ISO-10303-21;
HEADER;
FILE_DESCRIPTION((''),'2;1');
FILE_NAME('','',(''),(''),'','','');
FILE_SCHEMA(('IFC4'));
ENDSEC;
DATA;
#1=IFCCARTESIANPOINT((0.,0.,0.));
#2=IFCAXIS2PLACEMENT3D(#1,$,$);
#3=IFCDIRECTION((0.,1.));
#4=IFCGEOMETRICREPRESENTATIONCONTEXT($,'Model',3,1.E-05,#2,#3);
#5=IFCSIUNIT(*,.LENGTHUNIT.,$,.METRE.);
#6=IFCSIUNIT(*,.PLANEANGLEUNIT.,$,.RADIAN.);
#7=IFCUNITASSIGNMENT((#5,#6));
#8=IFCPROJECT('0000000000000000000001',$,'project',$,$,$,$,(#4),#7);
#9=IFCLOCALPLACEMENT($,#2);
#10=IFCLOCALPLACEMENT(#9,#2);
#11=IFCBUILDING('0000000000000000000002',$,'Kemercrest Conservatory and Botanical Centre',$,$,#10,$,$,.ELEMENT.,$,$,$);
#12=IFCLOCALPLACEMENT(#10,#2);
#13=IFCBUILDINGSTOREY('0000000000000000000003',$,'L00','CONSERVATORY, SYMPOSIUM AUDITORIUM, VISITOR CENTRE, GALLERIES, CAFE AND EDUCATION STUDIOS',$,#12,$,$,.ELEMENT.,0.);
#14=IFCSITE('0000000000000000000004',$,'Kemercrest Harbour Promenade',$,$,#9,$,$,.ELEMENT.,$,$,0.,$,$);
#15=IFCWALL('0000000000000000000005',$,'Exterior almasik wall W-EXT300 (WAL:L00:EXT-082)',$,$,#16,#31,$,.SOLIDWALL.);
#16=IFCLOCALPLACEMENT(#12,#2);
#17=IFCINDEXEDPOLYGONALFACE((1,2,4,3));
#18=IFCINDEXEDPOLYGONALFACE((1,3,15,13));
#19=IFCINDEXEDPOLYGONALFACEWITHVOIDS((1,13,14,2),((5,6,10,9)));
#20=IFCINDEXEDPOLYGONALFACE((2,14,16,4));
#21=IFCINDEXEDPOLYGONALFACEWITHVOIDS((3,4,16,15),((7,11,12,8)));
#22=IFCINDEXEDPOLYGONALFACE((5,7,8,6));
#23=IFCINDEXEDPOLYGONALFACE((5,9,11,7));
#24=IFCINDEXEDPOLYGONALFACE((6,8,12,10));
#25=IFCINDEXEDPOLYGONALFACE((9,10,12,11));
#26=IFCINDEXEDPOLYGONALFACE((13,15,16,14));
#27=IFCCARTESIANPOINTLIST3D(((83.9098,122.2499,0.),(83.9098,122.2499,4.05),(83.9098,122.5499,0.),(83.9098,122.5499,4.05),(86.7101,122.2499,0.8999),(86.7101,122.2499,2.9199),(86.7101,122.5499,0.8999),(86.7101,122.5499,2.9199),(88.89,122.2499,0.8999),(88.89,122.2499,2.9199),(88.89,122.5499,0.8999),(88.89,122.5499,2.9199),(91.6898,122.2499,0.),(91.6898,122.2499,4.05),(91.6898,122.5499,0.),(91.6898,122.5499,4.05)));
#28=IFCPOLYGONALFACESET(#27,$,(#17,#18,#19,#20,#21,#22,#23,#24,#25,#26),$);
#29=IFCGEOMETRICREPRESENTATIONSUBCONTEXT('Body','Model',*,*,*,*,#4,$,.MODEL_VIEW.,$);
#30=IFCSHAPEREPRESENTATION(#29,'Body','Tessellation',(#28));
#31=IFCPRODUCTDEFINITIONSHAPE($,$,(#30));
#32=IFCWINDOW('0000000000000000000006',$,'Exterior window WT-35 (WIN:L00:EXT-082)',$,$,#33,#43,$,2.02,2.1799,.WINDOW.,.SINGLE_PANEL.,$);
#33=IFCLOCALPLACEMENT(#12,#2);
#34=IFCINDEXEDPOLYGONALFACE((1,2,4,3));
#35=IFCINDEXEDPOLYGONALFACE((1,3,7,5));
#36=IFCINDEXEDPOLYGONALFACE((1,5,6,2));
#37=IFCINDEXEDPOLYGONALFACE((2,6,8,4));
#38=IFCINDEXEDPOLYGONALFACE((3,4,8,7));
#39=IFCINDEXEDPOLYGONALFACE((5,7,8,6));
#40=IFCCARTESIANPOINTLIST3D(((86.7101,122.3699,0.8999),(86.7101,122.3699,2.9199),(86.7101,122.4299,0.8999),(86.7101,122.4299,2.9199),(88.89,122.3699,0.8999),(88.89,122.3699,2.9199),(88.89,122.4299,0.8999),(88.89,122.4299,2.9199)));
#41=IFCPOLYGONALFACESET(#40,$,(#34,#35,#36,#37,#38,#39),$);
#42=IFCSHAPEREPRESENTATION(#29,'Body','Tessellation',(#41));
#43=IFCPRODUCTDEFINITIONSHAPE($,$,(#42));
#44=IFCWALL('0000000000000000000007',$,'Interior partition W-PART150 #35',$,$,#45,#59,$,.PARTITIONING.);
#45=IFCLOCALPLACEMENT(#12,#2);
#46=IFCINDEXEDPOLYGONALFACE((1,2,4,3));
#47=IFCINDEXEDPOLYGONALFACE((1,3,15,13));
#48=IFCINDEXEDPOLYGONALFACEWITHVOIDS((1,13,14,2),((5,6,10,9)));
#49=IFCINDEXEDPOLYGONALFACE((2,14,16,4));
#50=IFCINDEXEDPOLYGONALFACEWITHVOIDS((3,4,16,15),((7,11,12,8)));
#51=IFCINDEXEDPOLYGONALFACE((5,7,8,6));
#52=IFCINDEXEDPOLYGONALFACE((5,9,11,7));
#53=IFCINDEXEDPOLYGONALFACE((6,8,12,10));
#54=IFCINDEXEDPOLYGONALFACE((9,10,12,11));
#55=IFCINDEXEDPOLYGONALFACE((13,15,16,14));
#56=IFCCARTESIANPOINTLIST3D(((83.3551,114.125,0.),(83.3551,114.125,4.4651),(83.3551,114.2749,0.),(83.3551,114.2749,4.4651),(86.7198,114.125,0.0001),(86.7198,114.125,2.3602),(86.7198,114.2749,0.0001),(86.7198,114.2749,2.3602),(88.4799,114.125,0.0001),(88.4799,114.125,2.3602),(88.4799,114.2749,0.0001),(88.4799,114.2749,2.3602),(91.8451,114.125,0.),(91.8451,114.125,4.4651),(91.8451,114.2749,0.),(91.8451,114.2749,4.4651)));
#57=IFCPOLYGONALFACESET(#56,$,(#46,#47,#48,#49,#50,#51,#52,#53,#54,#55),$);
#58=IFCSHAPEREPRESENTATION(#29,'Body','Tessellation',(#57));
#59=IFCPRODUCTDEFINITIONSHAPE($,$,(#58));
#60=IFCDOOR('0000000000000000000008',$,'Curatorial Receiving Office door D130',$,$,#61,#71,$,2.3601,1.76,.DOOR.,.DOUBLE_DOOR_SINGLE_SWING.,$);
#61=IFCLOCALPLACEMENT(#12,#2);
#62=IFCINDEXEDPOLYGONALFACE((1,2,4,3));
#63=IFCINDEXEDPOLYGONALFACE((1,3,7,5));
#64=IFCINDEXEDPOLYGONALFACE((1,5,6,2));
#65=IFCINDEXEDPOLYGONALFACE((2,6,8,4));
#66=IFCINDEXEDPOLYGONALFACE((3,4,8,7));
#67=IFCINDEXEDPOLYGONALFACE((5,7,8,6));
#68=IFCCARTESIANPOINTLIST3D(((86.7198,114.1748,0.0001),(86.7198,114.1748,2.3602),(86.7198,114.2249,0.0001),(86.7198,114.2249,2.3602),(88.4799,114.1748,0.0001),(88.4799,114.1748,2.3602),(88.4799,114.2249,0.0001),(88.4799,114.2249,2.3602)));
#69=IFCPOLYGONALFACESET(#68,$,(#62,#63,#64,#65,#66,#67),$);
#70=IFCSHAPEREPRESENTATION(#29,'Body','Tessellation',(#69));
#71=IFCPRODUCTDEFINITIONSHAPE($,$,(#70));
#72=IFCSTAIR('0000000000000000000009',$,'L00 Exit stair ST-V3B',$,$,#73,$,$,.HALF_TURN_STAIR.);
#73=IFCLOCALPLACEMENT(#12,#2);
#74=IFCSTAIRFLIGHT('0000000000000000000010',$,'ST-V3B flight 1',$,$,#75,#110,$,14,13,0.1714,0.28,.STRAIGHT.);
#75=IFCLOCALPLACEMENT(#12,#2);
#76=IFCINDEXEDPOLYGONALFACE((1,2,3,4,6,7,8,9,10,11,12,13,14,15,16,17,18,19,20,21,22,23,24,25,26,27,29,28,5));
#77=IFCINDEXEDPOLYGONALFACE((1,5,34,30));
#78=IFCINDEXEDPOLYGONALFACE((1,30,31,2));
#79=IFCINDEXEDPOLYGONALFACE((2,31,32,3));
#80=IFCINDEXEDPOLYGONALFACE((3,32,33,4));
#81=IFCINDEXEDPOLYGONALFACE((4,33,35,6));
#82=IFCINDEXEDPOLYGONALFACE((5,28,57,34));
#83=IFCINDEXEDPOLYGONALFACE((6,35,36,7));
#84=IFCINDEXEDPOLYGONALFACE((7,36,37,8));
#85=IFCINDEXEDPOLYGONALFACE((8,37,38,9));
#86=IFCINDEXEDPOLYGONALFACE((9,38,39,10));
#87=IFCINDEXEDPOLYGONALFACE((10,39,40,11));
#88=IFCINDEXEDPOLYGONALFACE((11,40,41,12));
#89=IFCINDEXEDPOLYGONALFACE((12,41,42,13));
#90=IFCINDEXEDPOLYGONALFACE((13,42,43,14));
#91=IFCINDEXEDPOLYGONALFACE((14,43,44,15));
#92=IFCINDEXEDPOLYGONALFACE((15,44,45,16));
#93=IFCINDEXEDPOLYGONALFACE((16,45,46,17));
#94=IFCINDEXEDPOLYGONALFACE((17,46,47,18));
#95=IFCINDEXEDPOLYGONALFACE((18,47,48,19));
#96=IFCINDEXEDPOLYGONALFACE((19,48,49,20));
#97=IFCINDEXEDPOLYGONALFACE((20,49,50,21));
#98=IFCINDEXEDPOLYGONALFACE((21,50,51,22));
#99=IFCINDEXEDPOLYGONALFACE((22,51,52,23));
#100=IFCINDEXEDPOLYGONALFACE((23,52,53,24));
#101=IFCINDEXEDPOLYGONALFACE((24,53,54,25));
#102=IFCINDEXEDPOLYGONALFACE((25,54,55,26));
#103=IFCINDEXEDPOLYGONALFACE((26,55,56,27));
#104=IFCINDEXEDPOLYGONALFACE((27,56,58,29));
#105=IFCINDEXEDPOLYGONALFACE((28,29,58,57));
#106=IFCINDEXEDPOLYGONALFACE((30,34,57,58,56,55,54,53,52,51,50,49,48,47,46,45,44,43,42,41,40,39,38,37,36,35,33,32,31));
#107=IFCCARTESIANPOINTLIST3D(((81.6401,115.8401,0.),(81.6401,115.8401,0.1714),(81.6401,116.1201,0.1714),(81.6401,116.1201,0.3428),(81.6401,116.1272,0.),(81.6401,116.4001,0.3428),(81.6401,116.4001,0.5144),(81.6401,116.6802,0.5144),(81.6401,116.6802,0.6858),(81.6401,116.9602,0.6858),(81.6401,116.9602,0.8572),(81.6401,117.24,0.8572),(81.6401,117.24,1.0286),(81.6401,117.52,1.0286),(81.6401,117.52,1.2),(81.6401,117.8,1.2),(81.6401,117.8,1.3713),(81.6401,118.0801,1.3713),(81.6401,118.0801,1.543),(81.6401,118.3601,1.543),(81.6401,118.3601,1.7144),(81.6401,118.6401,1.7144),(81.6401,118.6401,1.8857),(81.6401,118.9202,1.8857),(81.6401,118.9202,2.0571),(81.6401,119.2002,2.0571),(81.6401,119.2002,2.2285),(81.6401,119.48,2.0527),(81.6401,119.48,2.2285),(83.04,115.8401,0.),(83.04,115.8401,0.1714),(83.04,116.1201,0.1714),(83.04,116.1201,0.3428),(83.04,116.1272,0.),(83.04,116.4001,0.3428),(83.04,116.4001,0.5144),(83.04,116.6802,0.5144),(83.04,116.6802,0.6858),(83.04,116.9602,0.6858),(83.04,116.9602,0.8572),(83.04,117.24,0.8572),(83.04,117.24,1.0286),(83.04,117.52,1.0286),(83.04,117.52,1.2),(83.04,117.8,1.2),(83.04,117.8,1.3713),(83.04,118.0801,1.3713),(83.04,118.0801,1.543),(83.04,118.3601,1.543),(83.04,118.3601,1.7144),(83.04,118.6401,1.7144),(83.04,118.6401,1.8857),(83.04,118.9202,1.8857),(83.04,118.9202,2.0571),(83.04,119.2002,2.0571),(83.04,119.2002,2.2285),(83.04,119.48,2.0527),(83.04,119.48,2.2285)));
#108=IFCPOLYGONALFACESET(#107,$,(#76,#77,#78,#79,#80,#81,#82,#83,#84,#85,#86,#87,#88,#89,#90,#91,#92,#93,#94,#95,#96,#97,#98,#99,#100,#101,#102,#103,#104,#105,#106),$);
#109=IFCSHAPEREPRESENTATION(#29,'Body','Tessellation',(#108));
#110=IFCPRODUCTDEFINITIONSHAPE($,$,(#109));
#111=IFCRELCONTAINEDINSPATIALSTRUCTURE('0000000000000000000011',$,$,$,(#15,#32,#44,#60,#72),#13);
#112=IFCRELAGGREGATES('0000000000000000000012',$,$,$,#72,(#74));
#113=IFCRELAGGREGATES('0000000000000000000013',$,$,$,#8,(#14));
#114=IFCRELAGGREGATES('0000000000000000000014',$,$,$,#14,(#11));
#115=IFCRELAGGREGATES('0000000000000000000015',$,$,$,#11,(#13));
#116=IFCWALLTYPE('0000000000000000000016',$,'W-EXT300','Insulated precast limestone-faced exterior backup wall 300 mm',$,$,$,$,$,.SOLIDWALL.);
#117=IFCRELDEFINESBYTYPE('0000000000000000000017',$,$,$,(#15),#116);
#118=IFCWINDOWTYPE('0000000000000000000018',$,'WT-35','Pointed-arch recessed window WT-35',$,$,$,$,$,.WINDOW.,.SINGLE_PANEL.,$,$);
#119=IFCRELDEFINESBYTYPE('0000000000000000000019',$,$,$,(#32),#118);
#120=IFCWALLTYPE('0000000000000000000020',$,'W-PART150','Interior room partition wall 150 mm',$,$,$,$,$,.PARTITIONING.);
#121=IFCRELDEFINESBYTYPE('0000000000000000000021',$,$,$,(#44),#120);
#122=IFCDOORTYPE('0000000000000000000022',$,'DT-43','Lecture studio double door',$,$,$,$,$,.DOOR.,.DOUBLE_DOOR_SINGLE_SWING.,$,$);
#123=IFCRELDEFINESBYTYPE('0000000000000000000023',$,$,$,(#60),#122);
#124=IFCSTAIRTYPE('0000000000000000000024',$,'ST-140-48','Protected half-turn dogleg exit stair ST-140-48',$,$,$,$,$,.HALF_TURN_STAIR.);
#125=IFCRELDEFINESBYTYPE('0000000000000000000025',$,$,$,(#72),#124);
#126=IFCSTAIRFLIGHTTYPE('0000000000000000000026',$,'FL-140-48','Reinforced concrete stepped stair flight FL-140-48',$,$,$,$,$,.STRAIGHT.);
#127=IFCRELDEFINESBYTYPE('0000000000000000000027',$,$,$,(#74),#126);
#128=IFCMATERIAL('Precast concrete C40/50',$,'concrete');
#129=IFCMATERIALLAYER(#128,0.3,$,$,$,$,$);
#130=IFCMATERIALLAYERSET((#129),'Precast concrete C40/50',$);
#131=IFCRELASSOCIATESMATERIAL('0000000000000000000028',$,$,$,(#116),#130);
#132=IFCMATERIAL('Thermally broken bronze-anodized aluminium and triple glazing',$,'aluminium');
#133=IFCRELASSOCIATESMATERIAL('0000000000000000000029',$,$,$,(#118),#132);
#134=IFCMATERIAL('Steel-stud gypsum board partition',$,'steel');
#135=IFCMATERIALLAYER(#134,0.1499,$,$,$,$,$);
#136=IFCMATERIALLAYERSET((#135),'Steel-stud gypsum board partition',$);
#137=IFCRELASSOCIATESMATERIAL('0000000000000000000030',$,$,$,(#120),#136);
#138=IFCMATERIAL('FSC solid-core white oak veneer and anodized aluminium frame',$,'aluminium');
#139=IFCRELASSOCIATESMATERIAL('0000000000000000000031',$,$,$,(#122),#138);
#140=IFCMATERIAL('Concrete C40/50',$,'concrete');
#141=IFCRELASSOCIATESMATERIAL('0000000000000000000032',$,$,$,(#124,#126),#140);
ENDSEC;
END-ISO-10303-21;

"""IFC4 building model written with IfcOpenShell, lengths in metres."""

from ifc_helpers import new_model, si_unit, direction, frame, frame_2d, origin, place, context, subcontext, project, spatial, polyline, rectangle, outline, extrude, material, layer, layer_set, type_object, element, fill, aggregate, save


model = new_model("IFC4")

# Units and contexts
model_context = context("Model", 3, precision=1e-05, world=origin(), true_north=direction((0.0, 1.0)))
body_context = subcontext(model_context, "Body", "Model", "MODEL_VIEW")
ifc_project = project(units=[si_unit("LENGTHUNIT", "METRE"), si_unit("PLANEANGLEUNIT", "RADIAN")], contexts=[model_context])

# Site, building, storey
site_placement = place(None, origin())
site = spatial("IfcSite", under=ifc_project, at=site_placement, Name="Kemercrest Harbour Promenade", CompositionType="ELEMENT", RefElevation=0.0)
building_placement = place(site_placement, origin())
building = spatial("IfcBuilding", under=site, at=building_placement, Name="Kemercrest Conservatory and Botanical Centre", CompositionType="ELEMENT")
storey_placement = place(building_placement, origin())
storey = spatial("IfcBuildingStorey", under=building, at=storey_placement, Name="L00", Description="CONSERVATORY, SYMPOSIUM AUDITORIUM, VISITOR CENTRE, GALLERIES, CAFE AND EDUCATION STUDIOS", CompositionType="ELEMENT", Elevation=0.0)

# Shared definitions
ifc_material_1 = material(Name="Concrete C40/50", Category="concrete")

# Shared definitions
ifc_material_2 = material(Name="Precast concrete C40/50", Category="concrete")

# Wall, opening, window
ifc_layer_1 = layer(ifc_material_2, 0.3)
ifc_layer_set_1 = layer_set([ifc_layer_1], Name="Precast concrete C40/50")
wall_type_1 = type_object("IfcWallType", Name="W-EXT300", Description="Insulated precast limestone-faced exterior backup wall 300 mm", PredefinedType="SOLIDWALL", material=ifc_layer_set_1)
ifc_material_3 = material(Name="Thermally broken bronze-anodized aluminium and triple glazing", Category="aluminium")
wall_1_placement = place(storey_placement, frame((91.6899, 122.3999, 0.0), z_axis=(0.0, 0.0, 1.0), x_axis=(-1.0, 0.0, 0.0)))
wall_1 = element("IfcWall", 1, at=wall_1_placement, inside=storey, type_object=wall_type_1, Name="Exterior almasik wall W-EXT300 (WAL:L00:EXT-082)", PredefinedType="SOLIDWALL", context=body_context, shape_type="SweptSolid", body=[
    extrude(rectangle(XDim=7.78, YDim=0.3, at=frame_2d((3.8901, 0.0))), origin(), (0.0, 0.0, 1.0), 4.05),
])
opening_1_placement = place(wall_1_placement, frame((2.8, 0.0, 0.8999)))
opening_1 = element("IfcOpeningElement", 2, at=opening_1_placement, cuts=wall_1, PredefinedType="OPENING", context=body_context, shape_type="SweptSolid", body=[
    extrude(rectangle(XDim=2.1799, YDim=2.02, at=frame_2d((1.0898, 1.01))), frame((0.0, 0.1602, 0.0), z_axis=(0.0, -1.0, 0.0), x_axis=(1.0, 0.0, 0.0)), (0.0, 0.0, 1.0), 0.3201),
])
window_type_1 = type_object("IfcWindowType", Name="WT-35", Description="Pointed-arch recessed window WT-35", PartitioningType="SINGLE_PANEL", PredefinedType="WINDOW", material=ifc_material_3)
window_1_placement = place(opening_1_placement, origin())
window_1 = element("IfcWindow", 3, at=window_1_placement, inside=storey, type_object=window_type_1, Name="Exterior window WT-35 (WIN:L00:EXT-082)", OverallHeight=2.02, OverallWidth=2.1799, PartitioningType="SINGLE_PANEL", PredefinedType="WINDOW", context=body_context, shape_type="SweptSolid", body=[
    extrude(rectangle(XDim=2.1799, YDim=2.02, at=frame_2d((1.0898, 1.01))), frame((0.0, 0.03, 0.0), z_axis=(0.0, -1.0, 0.0), x_axis=(1.0, 0.0, 0.0)), (0.0, 0.0, 1.0), 0.0601),
])
fill(opening_1, window_1)

# Wall, opening, door
ifc_material_4 = material(Name="Steel-stud gypsum board partition", Category="steel")
ifc_layer_2 = layer(ifc_material_4, 0.1499)
ifc_layer_set_2 = layer_set([ifc_layer_2], Name="Steel-stud gypsum board partition")
wall_type_2 = type_object("IfcWallType", Name="W-PART150", Description="Interior room partition wall 150 mm", PredefinedType="PARTITIONING", material=ifc_layer_set_2)
wall_2_placement = place(storey_placement, frame((83.355, 114.2, 0.0), z_axis=(0.0, 0.0, 1.0), x_axis=(1.0, 0.0, 0.0)))
wall_2 = element("IfcWall", 4, at=wall_2_placement, inside=storey, type_object=wall_type_2, Name="Interior partition W-PART150 #35", PredefinedType="PARTITIONING", context=body_context, shape_type="SweptSolid", body=[
    extrude(rectangle(XDim=8.49, YDim=0.1499, at=frame_2d((4.2451, 0.0))), origin(), (0.0, 0.0, 1.0), 4.4651),
])
opening_2_placement = place(wall_2_placement, frame((3.365, 0.0, 0.0)))
opening_2 = element("IfcOpeningElement", 5, at=opening_2_placement, cuts=wall_2, PredefinedType="OPENING", context=body_context, shape_type="SweptSolid", body=[
    extrude(rectangle(XDim=1.76, YDim=2.3601, at=frame_2d((0.8799, 1.1802))), frame((0.0, 0.085, 0.0), z_axis=(0.0, -1.0, 0.0), x_axis=(1.0, 0.0, 0.0)), (0.0, 0.0, 1.0), 0.1699),
])
ifc_material_5 = material(Name="FSC solid-core white oak veneer and anodized aluminium frame", Category="aluminium")
door_type_1 = type_object("IfcDoorType", Name="DT-43", Description="Lecture studio double door", OperationType="DOUBLE_DOOR_SINGLE_SWING", PredefinedType="DOOR", material=ifc_material_5)
door_1_placement = place(opening_2_placement, origin())
door_1 = element("IfcDoor", 6, at=door_1_placement, inside=storey, type_object=door_type_1, Name="Curatorial Receiving Office door D130", OperationType="DOUBLE_DOOR_SINGLE_SWING", OverallHeight=2.3601, OverallWidth=1.76, PredefinedType="DOOR", context=body_context, shape_type="SweptSolid", body=[
    extrude(rectangle(XDim=1.76, YDim=2.3601, at=frame_2d((0.8799, 1.1802))), frame((0.0, 0.0249, 0.0), z_axis=(0.0, -1.0, 0.0), x_axis=(1.0, 0.0, 0.0)), (0.0, 0.0, 1.0), 0.05),
])
fill(opening_2, door_1)

# Stair, stair flight
stair_type = type_object("IfcStairType", Name="ST-140-48", Description="Protected half-turn dogleg exit stair ST-140-48", PredefinedType="HALF_TURN_STAIR", material=ifc_material_1)
stair_placement = place(storey_placement, origin())
stair = element("IfcStair", 7, at=stair_placement, inside=storey, type_object=stair_type, Name="L00 Exit stair ST-V3B", PredefinedType="HALF_TURN_STAIR")
stair_flight_type = type_object("IfcStairFlightType", Name="FL-140-48", Description="Reinforced concrete stepped stair flight FL-140-48", PredefinedType="STRAIGHT", material=ifc_material_1)
stair_flight_placement = place(storey_placement, frame((82.3401, 115.8401, 0.0), z_axis=(0.0, 0.0, 1.0), x_axis=(0.0, 1.0, 0.0)))
stair_flight = element("IfcStairFlight", 8, at=stair_flight_placement, type_object=stair_flight_type, Name="ST-V3B flight 1", NumberOfRisers=14, NumberOfTreads=13, PredefinedType="STRAIGHT", RiserHeight=0.1714, TreadLength=0.28, context=body_context, shape_type="SweptSolid", body=[
    extrude(outline(polyline([(0.0, 0.0), (0.0, 0.1714), (0.28, 0.1714), (0.28, 0.3428), (0.5601, 0.3428), (0.5601, 0.5144), (0.8401, 0.5144), (0.8401, 0.6858), (1.1201, 0.6858), (1.1201, 0.8572), (1.3999, 0.8572), (1.3999, 1.0286), (1.6799, 1.0286), (1.6799, 1.2), (1.96, 1.2), (1.96, 1.3713), (2.24, 1.3713), (2.24, 1.543), (2.52, 1.543), (2.52, 1.7144), (2.8, 1.7144), (2.8, 1.8857), (3.0801, 1.8857), (3.0801, 2.0571), (3.3601, 2.0571), (3.3601, 2.2285), (3.6399, 2.2285), (3.6399, 2.3999), (3.6399, 2.0527), (0.2871, 0.0), (0.0, 0.0)])), frame((0.0, 0.7, 0.0), z_axis=(0.0, -1.0, 0.0), x_axis=(1.0, 0.0, 0.0)), (0.0, 0.0, 1.0), 1.3999),
])
aggregate(stair, [stair_flight])

save(model, "model.ifc")
